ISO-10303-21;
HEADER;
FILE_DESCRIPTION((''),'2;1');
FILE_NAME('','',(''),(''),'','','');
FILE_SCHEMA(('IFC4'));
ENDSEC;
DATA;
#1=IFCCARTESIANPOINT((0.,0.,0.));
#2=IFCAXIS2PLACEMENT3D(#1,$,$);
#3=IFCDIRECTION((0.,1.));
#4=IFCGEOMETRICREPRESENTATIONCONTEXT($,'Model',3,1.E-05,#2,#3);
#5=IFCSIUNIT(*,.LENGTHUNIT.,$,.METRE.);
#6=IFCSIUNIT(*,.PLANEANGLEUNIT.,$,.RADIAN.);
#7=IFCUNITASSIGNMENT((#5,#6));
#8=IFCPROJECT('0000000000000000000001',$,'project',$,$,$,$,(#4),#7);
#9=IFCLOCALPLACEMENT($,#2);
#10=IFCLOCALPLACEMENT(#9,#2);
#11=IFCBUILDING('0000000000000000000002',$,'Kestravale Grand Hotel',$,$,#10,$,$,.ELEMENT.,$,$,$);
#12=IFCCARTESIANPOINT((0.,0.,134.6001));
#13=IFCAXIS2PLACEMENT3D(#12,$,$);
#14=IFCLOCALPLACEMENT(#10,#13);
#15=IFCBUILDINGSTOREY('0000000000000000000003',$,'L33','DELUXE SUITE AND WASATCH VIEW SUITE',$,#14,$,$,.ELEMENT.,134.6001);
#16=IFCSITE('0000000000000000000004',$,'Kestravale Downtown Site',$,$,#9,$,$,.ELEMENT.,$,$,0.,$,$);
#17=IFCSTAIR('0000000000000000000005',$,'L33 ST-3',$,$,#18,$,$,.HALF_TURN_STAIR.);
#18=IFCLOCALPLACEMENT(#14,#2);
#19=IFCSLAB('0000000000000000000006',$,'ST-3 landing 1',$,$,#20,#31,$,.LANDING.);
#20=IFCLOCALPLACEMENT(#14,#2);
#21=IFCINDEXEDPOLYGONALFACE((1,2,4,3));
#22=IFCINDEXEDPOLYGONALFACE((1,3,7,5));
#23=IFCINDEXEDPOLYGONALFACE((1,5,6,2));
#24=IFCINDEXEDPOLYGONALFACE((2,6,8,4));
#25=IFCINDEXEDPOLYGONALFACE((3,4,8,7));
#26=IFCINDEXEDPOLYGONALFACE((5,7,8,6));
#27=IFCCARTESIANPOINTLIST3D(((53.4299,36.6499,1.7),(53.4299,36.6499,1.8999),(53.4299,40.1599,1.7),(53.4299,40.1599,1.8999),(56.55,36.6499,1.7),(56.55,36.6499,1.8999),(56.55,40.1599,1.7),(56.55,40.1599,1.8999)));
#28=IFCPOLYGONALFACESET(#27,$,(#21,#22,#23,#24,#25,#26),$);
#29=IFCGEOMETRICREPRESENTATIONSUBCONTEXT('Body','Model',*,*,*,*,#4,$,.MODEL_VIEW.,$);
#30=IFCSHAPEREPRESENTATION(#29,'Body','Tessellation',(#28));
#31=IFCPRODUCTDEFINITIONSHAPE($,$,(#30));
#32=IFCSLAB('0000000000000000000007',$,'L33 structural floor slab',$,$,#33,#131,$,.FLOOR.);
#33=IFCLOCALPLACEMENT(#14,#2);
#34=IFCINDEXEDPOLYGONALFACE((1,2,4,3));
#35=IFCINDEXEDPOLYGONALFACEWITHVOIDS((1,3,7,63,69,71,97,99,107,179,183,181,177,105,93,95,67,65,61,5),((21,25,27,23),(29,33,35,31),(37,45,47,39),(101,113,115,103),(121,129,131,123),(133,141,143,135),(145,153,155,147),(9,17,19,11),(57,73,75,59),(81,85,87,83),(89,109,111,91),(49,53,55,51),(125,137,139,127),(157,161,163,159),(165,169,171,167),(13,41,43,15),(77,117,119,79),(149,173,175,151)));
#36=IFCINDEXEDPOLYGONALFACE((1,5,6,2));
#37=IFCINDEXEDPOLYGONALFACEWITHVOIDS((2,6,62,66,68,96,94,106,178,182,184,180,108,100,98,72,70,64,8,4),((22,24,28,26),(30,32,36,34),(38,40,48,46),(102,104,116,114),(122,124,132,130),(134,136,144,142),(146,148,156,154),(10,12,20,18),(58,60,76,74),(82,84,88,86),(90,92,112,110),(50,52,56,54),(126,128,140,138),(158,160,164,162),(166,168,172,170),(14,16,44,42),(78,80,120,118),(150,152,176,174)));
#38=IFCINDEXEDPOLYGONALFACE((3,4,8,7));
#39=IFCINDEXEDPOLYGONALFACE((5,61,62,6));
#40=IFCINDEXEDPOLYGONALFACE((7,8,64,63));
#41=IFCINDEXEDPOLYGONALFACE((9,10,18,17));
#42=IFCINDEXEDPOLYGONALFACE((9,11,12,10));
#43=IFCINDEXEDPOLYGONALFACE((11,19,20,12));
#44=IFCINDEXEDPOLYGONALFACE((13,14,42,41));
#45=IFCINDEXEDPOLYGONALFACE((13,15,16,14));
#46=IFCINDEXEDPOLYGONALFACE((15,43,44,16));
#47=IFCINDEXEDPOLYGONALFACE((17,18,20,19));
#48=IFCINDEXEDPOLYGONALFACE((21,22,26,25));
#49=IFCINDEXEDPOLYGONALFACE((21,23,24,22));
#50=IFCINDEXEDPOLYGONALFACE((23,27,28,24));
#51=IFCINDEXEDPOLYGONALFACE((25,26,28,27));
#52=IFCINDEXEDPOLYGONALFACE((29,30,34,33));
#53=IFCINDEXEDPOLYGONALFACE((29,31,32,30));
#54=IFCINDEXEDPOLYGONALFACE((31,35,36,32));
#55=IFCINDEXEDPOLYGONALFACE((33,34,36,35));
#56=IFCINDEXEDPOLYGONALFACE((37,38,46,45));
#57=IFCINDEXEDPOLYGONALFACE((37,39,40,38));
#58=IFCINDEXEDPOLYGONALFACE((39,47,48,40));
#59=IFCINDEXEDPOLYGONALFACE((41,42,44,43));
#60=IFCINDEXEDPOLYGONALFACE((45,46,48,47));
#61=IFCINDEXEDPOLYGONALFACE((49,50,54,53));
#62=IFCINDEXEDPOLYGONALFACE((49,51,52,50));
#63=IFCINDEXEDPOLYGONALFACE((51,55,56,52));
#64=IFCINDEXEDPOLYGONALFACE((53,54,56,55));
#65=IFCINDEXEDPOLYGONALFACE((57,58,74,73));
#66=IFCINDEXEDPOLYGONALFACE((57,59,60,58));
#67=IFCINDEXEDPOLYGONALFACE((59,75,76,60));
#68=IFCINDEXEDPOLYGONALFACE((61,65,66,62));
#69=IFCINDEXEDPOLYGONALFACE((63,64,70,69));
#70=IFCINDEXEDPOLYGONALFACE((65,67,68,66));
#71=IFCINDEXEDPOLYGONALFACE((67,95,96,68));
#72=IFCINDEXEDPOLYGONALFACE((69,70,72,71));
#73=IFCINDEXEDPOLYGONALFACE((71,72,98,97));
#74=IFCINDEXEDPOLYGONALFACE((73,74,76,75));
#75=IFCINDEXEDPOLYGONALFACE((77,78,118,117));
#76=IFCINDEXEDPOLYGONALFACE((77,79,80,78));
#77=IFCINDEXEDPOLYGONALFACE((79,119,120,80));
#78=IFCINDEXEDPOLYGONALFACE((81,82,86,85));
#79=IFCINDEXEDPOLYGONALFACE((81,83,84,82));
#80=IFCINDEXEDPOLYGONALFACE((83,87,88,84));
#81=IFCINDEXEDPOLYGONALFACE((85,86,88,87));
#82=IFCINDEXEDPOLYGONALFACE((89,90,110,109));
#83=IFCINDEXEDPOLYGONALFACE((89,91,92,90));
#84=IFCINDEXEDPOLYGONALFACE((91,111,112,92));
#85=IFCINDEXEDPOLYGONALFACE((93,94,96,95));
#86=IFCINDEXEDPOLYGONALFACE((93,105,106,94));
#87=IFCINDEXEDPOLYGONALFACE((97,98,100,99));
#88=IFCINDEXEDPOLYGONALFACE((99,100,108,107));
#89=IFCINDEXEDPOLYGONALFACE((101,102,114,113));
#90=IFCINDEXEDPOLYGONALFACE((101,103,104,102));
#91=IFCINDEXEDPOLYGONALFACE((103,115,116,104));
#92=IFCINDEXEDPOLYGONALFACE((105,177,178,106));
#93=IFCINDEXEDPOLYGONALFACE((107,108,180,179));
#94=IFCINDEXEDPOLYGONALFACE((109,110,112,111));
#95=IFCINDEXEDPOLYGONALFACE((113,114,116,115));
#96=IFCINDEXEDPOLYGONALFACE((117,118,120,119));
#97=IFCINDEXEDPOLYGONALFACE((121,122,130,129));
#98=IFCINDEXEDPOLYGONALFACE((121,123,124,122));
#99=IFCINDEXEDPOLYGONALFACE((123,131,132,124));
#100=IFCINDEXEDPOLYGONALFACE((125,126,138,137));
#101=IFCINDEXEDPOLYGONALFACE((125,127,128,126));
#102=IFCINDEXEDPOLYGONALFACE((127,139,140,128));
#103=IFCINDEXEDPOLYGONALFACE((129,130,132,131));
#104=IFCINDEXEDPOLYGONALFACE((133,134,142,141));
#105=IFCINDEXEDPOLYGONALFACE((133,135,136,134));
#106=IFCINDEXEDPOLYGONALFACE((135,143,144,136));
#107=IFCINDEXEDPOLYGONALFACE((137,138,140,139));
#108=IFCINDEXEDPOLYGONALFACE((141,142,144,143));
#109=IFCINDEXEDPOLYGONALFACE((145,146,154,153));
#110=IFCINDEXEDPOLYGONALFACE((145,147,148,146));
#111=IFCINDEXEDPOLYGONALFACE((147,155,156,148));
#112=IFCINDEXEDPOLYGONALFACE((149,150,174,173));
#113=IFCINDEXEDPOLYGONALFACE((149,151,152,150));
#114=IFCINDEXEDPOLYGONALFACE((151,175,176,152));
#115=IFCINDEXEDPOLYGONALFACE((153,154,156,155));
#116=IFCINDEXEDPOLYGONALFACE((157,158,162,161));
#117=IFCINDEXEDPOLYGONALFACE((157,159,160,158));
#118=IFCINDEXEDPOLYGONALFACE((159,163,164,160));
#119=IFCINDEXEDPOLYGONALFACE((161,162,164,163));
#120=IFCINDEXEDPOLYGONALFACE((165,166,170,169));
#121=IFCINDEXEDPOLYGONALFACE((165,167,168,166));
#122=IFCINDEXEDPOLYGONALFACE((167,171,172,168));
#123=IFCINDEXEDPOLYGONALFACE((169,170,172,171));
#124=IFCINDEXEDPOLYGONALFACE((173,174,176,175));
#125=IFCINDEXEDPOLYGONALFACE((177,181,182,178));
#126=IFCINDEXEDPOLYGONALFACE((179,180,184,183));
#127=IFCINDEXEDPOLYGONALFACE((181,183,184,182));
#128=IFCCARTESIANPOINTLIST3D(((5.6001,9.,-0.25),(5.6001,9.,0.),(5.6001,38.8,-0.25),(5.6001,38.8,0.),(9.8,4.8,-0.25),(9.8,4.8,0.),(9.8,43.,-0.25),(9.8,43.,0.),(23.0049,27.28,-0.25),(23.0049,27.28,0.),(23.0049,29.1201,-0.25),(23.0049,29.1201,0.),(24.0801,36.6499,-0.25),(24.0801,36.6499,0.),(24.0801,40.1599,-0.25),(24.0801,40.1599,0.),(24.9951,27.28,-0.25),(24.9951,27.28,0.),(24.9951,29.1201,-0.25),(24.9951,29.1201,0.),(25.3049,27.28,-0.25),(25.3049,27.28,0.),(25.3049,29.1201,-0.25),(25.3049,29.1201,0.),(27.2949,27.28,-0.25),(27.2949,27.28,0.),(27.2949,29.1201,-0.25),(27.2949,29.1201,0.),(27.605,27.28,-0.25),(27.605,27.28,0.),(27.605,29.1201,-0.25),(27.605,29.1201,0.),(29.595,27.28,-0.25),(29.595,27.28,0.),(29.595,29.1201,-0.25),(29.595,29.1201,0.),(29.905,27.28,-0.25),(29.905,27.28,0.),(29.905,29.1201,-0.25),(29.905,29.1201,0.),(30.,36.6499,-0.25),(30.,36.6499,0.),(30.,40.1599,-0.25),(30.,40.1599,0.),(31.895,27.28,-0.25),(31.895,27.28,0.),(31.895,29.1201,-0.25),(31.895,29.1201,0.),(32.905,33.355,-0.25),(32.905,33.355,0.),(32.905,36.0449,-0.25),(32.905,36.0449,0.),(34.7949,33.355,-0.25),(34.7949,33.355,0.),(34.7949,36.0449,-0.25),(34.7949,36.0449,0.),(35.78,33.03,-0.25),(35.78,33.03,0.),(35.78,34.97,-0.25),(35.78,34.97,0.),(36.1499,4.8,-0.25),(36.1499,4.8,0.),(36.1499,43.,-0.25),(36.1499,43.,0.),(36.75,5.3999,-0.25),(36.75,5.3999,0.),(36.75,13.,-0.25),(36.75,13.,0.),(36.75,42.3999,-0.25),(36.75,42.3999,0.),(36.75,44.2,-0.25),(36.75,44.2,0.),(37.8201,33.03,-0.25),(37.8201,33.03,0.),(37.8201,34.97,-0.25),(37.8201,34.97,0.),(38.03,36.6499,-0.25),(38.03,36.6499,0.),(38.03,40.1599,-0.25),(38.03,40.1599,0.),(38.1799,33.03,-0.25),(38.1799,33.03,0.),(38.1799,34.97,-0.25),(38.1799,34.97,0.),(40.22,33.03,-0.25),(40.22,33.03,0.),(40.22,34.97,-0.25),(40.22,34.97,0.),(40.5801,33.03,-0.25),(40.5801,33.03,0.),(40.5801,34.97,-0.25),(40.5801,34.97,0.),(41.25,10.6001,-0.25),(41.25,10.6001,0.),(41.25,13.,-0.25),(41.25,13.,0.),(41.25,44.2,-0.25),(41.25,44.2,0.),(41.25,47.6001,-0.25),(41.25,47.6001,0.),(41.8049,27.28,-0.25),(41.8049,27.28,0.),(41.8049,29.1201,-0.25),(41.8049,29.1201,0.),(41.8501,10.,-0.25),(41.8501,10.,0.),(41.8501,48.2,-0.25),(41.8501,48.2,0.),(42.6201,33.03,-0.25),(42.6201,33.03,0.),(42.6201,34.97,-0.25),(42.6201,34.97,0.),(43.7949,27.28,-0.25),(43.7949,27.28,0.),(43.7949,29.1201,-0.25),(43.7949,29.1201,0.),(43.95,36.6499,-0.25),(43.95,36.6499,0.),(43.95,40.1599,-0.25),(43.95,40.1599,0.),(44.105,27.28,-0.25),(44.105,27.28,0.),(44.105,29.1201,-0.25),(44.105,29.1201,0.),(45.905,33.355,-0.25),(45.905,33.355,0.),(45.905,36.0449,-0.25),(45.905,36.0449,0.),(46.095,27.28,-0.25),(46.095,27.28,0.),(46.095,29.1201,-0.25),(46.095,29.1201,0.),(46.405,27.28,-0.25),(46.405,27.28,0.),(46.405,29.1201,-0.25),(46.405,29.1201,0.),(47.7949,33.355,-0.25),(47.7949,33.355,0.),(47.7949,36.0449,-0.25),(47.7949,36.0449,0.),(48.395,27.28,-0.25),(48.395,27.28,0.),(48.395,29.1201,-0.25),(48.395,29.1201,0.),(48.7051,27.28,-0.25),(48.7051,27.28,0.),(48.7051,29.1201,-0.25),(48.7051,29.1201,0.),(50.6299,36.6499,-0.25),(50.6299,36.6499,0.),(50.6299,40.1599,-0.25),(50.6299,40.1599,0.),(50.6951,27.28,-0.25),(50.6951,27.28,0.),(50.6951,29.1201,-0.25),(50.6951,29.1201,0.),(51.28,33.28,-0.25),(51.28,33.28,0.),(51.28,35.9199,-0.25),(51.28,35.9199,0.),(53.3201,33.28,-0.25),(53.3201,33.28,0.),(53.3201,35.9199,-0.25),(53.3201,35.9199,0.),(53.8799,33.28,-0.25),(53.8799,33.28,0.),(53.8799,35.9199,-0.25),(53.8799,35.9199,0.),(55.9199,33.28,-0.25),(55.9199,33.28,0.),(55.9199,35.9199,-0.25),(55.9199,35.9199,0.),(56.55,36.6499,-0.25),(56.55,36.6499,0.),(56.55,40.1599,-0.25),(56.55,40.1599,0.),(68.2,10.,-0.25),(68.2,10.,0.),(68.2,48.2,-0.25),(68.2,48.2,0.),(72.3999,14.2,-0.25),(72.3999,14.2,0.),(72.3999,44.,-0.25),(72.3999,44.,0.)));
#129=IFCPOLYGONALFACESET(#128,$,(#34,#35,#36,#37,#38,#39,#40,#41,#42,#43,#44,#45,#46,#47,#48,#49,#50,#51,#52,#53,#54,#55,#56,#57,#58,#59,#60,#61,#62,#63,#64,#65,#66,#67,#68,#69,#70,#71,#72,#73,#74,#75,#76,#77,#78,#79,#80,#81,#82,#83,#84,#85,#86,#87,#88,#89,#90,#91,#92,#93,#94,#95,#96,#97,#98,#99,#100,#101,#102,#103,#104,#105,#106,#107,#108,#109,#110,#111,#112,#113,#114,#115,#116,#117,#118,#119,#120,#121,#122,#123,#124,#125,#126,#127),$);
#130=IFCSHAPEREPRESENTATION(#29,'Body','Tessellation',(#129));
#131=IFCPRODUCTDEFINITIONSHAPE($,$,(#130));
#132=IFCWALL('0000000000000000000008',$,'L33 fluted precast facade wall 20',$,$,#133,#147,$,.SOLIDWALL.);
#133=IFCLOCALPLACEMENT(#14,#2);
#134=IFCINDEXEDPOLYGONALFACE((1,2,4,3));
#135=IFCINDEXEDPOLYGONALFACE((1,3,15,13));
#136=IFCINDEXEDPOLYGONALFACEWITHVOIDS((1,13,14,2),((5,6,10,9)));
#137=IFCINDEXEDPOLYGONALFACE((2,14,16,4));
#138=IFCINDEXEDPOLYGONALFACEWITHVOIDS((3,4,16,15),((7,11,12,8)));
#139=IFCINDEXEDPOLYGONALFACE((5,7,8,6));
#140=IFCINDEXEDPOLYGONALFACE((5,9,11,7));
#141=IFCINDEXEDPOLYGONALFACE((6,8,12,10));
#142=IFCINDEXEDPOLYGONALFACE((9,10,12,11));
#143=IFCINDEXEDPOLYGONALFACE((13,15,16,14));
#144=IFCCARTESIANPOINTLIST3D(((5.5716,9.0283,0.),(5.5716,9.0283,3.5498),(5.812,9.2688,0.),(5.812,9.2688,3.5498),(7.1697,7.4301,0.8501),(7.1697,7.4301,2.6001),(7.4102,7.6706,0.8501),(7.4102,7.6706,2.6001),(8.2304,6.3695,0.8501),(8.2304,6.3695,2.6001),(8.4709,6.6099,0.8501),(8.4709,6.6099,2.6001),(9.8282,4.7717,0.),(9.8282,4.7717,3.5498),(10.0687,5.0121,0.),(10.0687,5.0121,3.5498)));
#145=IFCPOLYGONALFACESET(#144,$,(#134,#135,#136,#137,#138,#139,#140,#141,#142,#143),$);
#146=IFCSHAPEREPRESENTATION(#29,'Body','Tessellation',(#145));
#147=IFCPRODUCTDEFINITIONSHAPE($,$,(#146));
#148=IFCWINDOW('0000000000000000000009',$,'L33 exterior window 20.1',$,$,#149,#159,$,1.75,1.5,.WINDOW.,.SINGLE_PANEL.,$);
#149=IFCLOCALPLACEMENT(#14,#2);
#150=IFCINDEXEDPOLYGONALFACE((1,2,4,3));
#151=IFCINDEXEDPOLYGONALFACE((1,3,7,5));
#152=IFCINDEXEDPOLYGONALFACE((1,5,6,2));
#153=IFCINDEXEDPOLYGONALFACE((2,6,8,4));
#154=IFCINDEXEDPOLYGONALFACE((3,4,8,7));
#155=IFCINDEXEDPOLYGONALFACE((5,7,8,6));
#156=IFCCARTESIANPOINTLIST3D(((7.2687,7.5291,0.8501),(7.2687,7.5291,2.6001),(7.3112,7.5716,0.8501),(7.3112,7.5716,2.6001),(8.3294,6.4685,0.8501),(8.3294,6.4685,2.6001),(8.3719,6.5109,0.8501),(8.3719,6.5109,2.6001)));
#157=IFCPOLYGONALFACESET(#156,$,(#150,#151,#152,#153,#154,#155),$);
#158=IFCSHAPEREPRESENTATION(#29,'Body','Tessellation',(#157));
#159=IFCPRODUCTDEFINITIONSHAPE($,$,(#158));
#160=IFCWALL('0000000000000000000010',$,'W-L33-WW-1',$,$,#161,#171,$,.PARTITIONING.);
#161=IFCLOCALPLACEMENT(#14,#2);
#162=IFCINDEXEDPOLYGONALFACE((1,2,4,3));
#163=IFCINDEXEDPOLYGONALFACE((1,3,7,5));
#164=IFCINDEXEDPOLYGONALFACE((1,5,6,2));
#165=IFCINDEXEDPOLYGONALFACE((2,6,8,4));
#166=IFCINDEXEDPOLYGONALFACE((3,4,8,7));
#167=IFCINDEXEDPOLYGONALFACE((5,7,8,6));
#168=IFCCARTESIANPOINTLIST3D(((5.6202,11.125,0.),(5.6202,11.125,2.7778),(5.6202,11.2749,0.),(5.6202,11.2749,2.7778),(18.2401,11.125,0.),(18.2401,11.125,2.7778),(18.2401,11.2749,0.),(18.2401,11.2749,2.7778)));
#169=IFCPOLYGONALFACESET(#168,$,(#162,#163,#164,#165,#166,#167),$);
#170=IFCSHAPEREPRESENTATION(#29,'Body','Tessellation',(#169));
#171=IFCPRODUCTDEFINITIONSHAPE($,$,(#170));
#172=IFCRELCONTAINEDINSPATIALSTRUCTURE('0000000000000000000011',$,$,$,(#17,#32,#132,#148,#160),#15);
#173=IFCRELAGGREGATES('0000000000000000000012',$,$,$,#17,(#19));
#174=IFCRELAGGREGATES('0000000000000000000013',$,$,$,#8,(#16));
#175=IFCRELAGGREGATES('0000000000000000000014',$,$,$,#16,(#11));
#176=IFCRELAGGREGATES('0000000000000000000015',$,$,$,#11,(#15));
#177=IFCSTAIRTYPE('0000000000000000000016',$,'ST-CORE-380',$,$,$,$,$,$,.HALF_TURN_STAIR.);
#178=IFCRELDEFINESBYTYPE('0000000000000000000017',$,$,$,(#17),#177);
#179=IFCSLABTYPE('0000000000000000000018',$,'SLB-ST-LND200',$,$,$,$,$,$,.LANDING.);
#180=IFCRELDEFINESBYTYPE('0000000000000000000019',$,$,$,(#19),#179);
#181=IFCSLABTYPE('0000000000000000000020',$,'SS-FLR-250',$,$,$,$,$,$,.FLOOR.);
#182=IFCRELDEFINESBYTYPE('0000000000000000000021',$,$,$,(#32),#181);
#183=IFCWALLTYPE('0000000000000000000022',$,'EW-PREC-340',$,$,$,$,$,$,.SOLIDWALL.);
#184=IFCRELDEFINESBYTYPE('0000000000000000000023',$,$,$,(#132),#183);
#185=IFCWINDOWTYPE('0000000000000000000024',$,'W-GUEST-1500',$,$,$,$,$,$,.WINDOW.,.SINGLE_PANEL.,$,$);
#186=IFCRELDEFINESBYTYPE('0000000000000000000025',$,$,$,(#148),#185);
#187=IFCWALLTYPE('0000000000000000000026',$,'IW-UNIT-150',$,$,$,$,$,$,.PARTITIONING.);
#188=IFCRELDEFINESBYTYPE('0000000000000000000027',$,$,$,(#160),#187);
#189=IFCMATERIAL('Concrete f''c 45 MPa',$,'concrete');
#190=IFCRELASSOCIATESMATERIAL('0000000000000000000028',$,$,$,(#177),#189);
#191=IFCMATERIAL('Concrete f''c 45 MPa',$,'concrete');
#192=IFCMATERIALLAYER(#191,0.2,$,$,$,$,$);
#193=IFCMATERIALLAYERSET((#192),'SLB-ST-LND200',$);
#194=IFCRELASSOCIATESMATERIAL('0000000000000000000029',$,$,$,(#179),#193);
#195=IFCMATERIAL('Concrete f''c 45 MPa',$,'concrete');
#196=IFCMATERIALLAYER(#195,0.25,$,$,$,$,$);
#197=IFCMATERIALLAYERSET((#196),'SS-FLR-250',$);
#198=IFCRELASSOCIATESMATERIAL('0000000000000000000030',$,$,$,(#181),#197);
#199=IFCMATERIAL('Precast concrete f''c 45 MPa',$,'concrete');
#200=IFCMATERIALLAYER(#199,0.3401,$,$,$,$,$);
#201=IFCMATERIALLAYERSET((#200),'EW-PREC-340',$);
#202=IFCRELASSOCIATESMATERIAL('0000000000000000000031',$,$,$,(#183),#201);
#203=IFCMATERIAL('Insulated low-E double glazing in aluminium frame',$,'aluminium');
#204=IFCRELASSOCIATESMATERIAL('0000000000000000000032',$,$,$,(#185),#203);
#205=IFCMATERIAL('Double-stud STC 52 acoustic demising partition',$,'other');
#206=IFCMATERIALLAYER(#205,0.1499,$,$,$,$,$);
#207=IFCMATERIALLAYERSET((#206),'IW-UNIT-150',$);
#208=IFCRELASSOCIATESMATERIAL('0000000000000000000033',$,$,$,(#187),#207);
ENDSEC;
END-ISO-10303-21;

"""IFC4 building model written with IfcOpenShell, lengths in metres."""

from ifc_helpers import new_model, si_unit, direction, frame, frame_2d, origin, place, context, subcontext, project, spatial, polyline, rectangle, outline, extrude, material, layer, layer_set, type_object, element, fill, aggregate, save


model = new_model("IFC4")

# Units and contexts
model_context = context("Model", 3, precision=1e-05, world=origin(), true_north=direction((0.0, 1.0)))
body_context = subcontext(model_context, "Body", "Model", "MODEL_VIEW")
ifc_project = project(units=[si_unit("LENGTHUNIT", "METRE"), si_unit("PLANEANGLEUNIT", "RADIAN")], contexts=[model_context])

# Site, building, storey
site_placement = place(None, origin())
site = spatial("IfcSite", under=ifc_project, at=site_placement, Name="Kestravale Downtown Site", CompositionType="ELEMENT", RefElevation=0.0)
building_placement = place(site_placement, origin())
building = spatial("IfcBuilding", under=site, at=building_placement, Name="Kestravale Grand Hotel", CompositionType="ELEMENT")
storey_placement = place(building_placement, frame((0.0, 0.0, 134.6001)))
storey = spatial("IfcBuildingStorey", under=building, at=storey_placement, Name="L33", Description="DELUXE SUITE AND WASATCH VIEW SUITE", CompositionType="ELEMENT", Elevation=134.6001)

# Stair, slab
ifc_material_1 = material(Name="Concrete f'c 45 MPa", Category="concrete")
stair_type = type_object("IfcStairType", Name="ST-CORE-380", PredefinedType="HALF_TURN_STAIR", material=ifc_material_1)
ifc_material_2 = material(Name="Concrete f'c 45 MPa", Category="concrete")
ifc_layer_1 = layer(ifc_material_2, 0.2)
ifc_layer_set_1 = layer_set([ifc_layer_1], Name="SLB-ST-LND200")
slab_type_1 = type_object("IfcSlabType", Name="SLB-ST-LND200", PredefinedType="LANDING", material=ifc_layer_set_1)
stair_1_placement = place(storey_placement, origin())
stair_1 = element("IfcStair", 1, at=stair_1_placement, inside=storey, type_object=stair_type, Name="L33 ST-3", PredefinedType="HALF_TURN_STAIR")
slab_1_placement = place(storey_placement, frame((0.0, 0.0, 1.7)))
slab_1 = element("IfcSlab", 2, at=slab_1_placement, type_object=slab_type_1, Name="ST-3 landing 1", PredefinedType="LANDING", context=body_context, shape_type="SweptSolid", body=[
    extrude(outline(polyline([(53.4299, 36.6499), (56.55, 36.6499), (56.55, 40.1599), (53.4299, 40.1599), (53.4299, 36.6499)])), origin(), (0.0, 0.0, 1.0), 0.2),
])
aggregate(stair_1, [slab_1])

# Slab
ifc_material_3 = material(Name="Concrete f'c 45 MPa", Category="concrete")
ifc_layer_2 = layer(ifc_material_3, 0.25)
ifc_layer_set_2 = layer_set([ifc_layer_2], Name="SS-FLR-250")
slab_type_2 = type_object("IfcSlabType", Name="SS-FLR-250", PredefinedType="FLOOR", material=ifc_layer_set_2)
slab_2_placement = place(storey_placement, frame((0.0, 0.0, -0.25)))
element("IfcSlab", 3, at=slab_2_placement, inside=storey, type_object=slab_type_2, Name="L33 structural floor slab", PredefinedType="FLOOR", context=body_context, shape_type="SweptSolid", body=[
    extrude(outline(polyline([(9.8, 4.8), (36.1499, 4.8), (36.75, 5.3999), (36.75, 13.0), (41.25, 13.0), (41.25, 10.6001), (41.8501, 10.0), (68.2, 10.0), (72.3999, 14.2), (72.3999, 44.0), (68.2, 48.2), (41.8501, 48.2), (41.25, 47.6001), (41.25, 44.2), (36.75, 44.2), (36.75, 42.3999), (36.1499, 43.0), (9.8, 43.0), (5.6001, 38.8), (5.6001, 9.0), (9.8, 4.8)]), holes=[polyline([(24.0801, 36.6499), (30.0, 36.6499), (30.0, 40.1599), (24.0801, 40.1599), (24.0801, 36.6499)]), polyline([(38.03, 36.6499), (43.95, 36.6499), (43.95, 40.1599), (38.03, 40.1599), (38.03, 36.6499)]), polyline([(50.6299, 36.6499), (56.55, 36.6499), (56.55, 40.1599), (50.6299, 40.1599), (50.6299, 36.6499)]), polyline([(23.0049, 27.28), (24.9951, 27.28), (24.9951, 29.1201), (23.0049, 29.1201), (23.0049, 27.28)]), polyline([(25.3049, 27.28), (27.2949, 27.28), (27.2949, 29.1201), (25.3049, 29.1201), (25.3049, 27.28)]), polyline([(27.605, 27.28), (29.595, 27.28), (29.595, 29.1201), (27.605, 29.1201), (27.605, 27.28)]), polyline([(29.905, 27.28), (31.895, 27.28), (31.895, 29.1201), (29.905, 29.1201), (29.905, 27.28)]), polyline([(41.8049, 27.28), (43.7949, 27.28), (43.7949, 29.1201), (41.8049, 29.1201), (41.8049, 27.28)]), polyline([(44.105, 27.28), (46.095, 27.28), (46.095, 29.1201), (44.105, 29.1201), (44.105, 27.28)]), polyline([(46.405, 27.28), (48.395, 27.28), (48.395, 29.1201), (46.405, 29.1201), (46.405, 27.28)]), polyline([(48.7051, 27.28), (50.6951, 27.28), (50.6951, 29.1201), (48.7051, 29.1201), (48.7051, 27.28)]), polyline([(35.78, 33.03), (37.8201, 33.03), (37.8201, 34.97), (35.78, 34.97), (35.78, 33.03)]), polyline([(38.1799, 33.03), (40.22, 33.03), (40.22, 34.97), (38.1799, 34.97), (38.1799, 33.03)]), polyline([(40.5801, 33.03), (42.6201, 33.03), (42.6201, 34.97), (40.5801, 34.97), (40.5801, 33.03)]), polyline([(32.905, 33.355), (34.7949, 33.355), (34.7949, 36.0449), (32.905, 36.0449), (32.905, 33.355)]), polyline([(45.905, 33.355), (47.7949, 33.355), (47.7949, 36.0449), (45.905, 36.0449), (45.905, 33.355)]), polyline([(51.28, 33.28), (53.3201, 33.28), (53.3201, 35.9199), (51.28, 35.9199), (51.28, 33.28)]), polyline([(53.8799, 33.28), (55.9199, 33.28), (55.9199, 35.9199), (53.8799, 35.9199), (53.8799, 33.28)])]), origin(), (0.0, 0.0, 1.0), 0.25),
])

# Wall, opening, window
ifc_material_4 = material(Name="Precast concrete f'c 45 MPa", Category="concrete")
ifc_layer_3 = layer(ifc_material_4, 0.3401)
ifc_layer_set_3 = layer_set([ifc_layer_3], Name="EW-PREC-340")
wall_type_1 = type_object("IfcWallType", Name="EW-PREC-340", PredefinedType="SOLIDWALL", material=ifc_layer_set_3)
wall_1_placement = place(storey_placement, frame((5.6919, 9.1484, 0.0), z_axis=(0.0, 0.0, 1.0), x_axis=(0.707107, -0.707107, 0.0)))
wall_1 = element("IfcWall", 4, at=wall_1_placement, inside=storey, type_object=wall_type_1, Name="L33 fluted precast facade wall 20", PredefinedType="SOLIDWALL", context=body_context, shape_type="SweptSolid", body=[
    extrude(rectangle(XDim=6.0198, YDim=0.3401, at=frame_2d((3.0098, 0.0))), origin(), (0.0, 0.0, 1.0), 3.5498),
])
opening_placement = place(wall_1_placement, frame((2.26, 0.0, 0.8501)))
opening = element("IfcOpeningElement", 5, at=opening_placement, cuts=wall_1, PredefinedType="OPENING", context=body_context, shape_type="SweptSolid", body=[
    extrude(rectangle(XDim=1.5, YDim=1.75, at=frame_2d((0.75, 0.875))), frame((0.0, 0.1799, 0.0), z_axis=(0.0, -1.0, 0.0), x_axis=(1.0, 0.0, 0.0)), (0.0, 0.0, 1.0), 0.3601),
])
ifc_material_5 = material(Name="Insulated low-E double glazing in aluminium frame", Category="aluminium")
window_type = type_object("IfcWindowType", Name="W-GUEST-1500", PartitioningType="SINGLE_PANEL", PredefinedType="WINDOW", material=ifc_material_5)
window_placement = place(opening_placement, origin())
window = element("IfcWindow", 6, at=window_placement, inside=storey, type_object=window_type, Name="L33 exterior window 20.1", OverallHeight=1.75, OverallWidth=1.5, PartitioningType="SINGLE_PANEL", PredefinedType="WINDOW", context=body_context, shape_type="SweptSolid", body=[
    extrude(rectangle(XDim=1.5, YDim=1.75, at=frame_2d((0.75, 0.875))), frame((0.0, 0.03, 0.0), z_axis=(0.0, -1.0, 0.0), x_axis=(1.0, 0.0, 0.0)), (0.0, 0.0, 1.0), 0.0601),
])
fill(opening, window)

# Wall
ifc_material_6 = material(Name="Double-stud STC 52 acoustic demising partition", Category="other")
ifc_layer_4 = layer(ifc_material_6, 0.1499)
ifc_layer_set_4 = layer_set([ifc_layer_4], Name="IW-UNIT-150")
wall_type_2 = type_object("IfcWallType", Name="IW-UNIT-150", PredefinedType="PARTITIONING", material=ifc_layer_set_4)
wall_2_placement = place(storey_placement, frame((5.6201, 11.2, 0.0), z_axis=(0.0, 0.0, 1.0), x_axis=(1.0, 0.0, 0.0)))
element("IfcWall", 7, at=wall_2_placement, inside=storey, type_object=wall_type_2, Name="W-L33-WW-1", PredefinedType="PARTITIONING", context=body_context, shape_type="SweptSolid", body=[
    extrude(rectangle(XDim=12.6199, YDim=0.1499, at=frame_2d((6.3101, 0.0))), origin(), (0.0, 0.0, 1.0), 2.7778),
])

save(model, "model.ifc")
